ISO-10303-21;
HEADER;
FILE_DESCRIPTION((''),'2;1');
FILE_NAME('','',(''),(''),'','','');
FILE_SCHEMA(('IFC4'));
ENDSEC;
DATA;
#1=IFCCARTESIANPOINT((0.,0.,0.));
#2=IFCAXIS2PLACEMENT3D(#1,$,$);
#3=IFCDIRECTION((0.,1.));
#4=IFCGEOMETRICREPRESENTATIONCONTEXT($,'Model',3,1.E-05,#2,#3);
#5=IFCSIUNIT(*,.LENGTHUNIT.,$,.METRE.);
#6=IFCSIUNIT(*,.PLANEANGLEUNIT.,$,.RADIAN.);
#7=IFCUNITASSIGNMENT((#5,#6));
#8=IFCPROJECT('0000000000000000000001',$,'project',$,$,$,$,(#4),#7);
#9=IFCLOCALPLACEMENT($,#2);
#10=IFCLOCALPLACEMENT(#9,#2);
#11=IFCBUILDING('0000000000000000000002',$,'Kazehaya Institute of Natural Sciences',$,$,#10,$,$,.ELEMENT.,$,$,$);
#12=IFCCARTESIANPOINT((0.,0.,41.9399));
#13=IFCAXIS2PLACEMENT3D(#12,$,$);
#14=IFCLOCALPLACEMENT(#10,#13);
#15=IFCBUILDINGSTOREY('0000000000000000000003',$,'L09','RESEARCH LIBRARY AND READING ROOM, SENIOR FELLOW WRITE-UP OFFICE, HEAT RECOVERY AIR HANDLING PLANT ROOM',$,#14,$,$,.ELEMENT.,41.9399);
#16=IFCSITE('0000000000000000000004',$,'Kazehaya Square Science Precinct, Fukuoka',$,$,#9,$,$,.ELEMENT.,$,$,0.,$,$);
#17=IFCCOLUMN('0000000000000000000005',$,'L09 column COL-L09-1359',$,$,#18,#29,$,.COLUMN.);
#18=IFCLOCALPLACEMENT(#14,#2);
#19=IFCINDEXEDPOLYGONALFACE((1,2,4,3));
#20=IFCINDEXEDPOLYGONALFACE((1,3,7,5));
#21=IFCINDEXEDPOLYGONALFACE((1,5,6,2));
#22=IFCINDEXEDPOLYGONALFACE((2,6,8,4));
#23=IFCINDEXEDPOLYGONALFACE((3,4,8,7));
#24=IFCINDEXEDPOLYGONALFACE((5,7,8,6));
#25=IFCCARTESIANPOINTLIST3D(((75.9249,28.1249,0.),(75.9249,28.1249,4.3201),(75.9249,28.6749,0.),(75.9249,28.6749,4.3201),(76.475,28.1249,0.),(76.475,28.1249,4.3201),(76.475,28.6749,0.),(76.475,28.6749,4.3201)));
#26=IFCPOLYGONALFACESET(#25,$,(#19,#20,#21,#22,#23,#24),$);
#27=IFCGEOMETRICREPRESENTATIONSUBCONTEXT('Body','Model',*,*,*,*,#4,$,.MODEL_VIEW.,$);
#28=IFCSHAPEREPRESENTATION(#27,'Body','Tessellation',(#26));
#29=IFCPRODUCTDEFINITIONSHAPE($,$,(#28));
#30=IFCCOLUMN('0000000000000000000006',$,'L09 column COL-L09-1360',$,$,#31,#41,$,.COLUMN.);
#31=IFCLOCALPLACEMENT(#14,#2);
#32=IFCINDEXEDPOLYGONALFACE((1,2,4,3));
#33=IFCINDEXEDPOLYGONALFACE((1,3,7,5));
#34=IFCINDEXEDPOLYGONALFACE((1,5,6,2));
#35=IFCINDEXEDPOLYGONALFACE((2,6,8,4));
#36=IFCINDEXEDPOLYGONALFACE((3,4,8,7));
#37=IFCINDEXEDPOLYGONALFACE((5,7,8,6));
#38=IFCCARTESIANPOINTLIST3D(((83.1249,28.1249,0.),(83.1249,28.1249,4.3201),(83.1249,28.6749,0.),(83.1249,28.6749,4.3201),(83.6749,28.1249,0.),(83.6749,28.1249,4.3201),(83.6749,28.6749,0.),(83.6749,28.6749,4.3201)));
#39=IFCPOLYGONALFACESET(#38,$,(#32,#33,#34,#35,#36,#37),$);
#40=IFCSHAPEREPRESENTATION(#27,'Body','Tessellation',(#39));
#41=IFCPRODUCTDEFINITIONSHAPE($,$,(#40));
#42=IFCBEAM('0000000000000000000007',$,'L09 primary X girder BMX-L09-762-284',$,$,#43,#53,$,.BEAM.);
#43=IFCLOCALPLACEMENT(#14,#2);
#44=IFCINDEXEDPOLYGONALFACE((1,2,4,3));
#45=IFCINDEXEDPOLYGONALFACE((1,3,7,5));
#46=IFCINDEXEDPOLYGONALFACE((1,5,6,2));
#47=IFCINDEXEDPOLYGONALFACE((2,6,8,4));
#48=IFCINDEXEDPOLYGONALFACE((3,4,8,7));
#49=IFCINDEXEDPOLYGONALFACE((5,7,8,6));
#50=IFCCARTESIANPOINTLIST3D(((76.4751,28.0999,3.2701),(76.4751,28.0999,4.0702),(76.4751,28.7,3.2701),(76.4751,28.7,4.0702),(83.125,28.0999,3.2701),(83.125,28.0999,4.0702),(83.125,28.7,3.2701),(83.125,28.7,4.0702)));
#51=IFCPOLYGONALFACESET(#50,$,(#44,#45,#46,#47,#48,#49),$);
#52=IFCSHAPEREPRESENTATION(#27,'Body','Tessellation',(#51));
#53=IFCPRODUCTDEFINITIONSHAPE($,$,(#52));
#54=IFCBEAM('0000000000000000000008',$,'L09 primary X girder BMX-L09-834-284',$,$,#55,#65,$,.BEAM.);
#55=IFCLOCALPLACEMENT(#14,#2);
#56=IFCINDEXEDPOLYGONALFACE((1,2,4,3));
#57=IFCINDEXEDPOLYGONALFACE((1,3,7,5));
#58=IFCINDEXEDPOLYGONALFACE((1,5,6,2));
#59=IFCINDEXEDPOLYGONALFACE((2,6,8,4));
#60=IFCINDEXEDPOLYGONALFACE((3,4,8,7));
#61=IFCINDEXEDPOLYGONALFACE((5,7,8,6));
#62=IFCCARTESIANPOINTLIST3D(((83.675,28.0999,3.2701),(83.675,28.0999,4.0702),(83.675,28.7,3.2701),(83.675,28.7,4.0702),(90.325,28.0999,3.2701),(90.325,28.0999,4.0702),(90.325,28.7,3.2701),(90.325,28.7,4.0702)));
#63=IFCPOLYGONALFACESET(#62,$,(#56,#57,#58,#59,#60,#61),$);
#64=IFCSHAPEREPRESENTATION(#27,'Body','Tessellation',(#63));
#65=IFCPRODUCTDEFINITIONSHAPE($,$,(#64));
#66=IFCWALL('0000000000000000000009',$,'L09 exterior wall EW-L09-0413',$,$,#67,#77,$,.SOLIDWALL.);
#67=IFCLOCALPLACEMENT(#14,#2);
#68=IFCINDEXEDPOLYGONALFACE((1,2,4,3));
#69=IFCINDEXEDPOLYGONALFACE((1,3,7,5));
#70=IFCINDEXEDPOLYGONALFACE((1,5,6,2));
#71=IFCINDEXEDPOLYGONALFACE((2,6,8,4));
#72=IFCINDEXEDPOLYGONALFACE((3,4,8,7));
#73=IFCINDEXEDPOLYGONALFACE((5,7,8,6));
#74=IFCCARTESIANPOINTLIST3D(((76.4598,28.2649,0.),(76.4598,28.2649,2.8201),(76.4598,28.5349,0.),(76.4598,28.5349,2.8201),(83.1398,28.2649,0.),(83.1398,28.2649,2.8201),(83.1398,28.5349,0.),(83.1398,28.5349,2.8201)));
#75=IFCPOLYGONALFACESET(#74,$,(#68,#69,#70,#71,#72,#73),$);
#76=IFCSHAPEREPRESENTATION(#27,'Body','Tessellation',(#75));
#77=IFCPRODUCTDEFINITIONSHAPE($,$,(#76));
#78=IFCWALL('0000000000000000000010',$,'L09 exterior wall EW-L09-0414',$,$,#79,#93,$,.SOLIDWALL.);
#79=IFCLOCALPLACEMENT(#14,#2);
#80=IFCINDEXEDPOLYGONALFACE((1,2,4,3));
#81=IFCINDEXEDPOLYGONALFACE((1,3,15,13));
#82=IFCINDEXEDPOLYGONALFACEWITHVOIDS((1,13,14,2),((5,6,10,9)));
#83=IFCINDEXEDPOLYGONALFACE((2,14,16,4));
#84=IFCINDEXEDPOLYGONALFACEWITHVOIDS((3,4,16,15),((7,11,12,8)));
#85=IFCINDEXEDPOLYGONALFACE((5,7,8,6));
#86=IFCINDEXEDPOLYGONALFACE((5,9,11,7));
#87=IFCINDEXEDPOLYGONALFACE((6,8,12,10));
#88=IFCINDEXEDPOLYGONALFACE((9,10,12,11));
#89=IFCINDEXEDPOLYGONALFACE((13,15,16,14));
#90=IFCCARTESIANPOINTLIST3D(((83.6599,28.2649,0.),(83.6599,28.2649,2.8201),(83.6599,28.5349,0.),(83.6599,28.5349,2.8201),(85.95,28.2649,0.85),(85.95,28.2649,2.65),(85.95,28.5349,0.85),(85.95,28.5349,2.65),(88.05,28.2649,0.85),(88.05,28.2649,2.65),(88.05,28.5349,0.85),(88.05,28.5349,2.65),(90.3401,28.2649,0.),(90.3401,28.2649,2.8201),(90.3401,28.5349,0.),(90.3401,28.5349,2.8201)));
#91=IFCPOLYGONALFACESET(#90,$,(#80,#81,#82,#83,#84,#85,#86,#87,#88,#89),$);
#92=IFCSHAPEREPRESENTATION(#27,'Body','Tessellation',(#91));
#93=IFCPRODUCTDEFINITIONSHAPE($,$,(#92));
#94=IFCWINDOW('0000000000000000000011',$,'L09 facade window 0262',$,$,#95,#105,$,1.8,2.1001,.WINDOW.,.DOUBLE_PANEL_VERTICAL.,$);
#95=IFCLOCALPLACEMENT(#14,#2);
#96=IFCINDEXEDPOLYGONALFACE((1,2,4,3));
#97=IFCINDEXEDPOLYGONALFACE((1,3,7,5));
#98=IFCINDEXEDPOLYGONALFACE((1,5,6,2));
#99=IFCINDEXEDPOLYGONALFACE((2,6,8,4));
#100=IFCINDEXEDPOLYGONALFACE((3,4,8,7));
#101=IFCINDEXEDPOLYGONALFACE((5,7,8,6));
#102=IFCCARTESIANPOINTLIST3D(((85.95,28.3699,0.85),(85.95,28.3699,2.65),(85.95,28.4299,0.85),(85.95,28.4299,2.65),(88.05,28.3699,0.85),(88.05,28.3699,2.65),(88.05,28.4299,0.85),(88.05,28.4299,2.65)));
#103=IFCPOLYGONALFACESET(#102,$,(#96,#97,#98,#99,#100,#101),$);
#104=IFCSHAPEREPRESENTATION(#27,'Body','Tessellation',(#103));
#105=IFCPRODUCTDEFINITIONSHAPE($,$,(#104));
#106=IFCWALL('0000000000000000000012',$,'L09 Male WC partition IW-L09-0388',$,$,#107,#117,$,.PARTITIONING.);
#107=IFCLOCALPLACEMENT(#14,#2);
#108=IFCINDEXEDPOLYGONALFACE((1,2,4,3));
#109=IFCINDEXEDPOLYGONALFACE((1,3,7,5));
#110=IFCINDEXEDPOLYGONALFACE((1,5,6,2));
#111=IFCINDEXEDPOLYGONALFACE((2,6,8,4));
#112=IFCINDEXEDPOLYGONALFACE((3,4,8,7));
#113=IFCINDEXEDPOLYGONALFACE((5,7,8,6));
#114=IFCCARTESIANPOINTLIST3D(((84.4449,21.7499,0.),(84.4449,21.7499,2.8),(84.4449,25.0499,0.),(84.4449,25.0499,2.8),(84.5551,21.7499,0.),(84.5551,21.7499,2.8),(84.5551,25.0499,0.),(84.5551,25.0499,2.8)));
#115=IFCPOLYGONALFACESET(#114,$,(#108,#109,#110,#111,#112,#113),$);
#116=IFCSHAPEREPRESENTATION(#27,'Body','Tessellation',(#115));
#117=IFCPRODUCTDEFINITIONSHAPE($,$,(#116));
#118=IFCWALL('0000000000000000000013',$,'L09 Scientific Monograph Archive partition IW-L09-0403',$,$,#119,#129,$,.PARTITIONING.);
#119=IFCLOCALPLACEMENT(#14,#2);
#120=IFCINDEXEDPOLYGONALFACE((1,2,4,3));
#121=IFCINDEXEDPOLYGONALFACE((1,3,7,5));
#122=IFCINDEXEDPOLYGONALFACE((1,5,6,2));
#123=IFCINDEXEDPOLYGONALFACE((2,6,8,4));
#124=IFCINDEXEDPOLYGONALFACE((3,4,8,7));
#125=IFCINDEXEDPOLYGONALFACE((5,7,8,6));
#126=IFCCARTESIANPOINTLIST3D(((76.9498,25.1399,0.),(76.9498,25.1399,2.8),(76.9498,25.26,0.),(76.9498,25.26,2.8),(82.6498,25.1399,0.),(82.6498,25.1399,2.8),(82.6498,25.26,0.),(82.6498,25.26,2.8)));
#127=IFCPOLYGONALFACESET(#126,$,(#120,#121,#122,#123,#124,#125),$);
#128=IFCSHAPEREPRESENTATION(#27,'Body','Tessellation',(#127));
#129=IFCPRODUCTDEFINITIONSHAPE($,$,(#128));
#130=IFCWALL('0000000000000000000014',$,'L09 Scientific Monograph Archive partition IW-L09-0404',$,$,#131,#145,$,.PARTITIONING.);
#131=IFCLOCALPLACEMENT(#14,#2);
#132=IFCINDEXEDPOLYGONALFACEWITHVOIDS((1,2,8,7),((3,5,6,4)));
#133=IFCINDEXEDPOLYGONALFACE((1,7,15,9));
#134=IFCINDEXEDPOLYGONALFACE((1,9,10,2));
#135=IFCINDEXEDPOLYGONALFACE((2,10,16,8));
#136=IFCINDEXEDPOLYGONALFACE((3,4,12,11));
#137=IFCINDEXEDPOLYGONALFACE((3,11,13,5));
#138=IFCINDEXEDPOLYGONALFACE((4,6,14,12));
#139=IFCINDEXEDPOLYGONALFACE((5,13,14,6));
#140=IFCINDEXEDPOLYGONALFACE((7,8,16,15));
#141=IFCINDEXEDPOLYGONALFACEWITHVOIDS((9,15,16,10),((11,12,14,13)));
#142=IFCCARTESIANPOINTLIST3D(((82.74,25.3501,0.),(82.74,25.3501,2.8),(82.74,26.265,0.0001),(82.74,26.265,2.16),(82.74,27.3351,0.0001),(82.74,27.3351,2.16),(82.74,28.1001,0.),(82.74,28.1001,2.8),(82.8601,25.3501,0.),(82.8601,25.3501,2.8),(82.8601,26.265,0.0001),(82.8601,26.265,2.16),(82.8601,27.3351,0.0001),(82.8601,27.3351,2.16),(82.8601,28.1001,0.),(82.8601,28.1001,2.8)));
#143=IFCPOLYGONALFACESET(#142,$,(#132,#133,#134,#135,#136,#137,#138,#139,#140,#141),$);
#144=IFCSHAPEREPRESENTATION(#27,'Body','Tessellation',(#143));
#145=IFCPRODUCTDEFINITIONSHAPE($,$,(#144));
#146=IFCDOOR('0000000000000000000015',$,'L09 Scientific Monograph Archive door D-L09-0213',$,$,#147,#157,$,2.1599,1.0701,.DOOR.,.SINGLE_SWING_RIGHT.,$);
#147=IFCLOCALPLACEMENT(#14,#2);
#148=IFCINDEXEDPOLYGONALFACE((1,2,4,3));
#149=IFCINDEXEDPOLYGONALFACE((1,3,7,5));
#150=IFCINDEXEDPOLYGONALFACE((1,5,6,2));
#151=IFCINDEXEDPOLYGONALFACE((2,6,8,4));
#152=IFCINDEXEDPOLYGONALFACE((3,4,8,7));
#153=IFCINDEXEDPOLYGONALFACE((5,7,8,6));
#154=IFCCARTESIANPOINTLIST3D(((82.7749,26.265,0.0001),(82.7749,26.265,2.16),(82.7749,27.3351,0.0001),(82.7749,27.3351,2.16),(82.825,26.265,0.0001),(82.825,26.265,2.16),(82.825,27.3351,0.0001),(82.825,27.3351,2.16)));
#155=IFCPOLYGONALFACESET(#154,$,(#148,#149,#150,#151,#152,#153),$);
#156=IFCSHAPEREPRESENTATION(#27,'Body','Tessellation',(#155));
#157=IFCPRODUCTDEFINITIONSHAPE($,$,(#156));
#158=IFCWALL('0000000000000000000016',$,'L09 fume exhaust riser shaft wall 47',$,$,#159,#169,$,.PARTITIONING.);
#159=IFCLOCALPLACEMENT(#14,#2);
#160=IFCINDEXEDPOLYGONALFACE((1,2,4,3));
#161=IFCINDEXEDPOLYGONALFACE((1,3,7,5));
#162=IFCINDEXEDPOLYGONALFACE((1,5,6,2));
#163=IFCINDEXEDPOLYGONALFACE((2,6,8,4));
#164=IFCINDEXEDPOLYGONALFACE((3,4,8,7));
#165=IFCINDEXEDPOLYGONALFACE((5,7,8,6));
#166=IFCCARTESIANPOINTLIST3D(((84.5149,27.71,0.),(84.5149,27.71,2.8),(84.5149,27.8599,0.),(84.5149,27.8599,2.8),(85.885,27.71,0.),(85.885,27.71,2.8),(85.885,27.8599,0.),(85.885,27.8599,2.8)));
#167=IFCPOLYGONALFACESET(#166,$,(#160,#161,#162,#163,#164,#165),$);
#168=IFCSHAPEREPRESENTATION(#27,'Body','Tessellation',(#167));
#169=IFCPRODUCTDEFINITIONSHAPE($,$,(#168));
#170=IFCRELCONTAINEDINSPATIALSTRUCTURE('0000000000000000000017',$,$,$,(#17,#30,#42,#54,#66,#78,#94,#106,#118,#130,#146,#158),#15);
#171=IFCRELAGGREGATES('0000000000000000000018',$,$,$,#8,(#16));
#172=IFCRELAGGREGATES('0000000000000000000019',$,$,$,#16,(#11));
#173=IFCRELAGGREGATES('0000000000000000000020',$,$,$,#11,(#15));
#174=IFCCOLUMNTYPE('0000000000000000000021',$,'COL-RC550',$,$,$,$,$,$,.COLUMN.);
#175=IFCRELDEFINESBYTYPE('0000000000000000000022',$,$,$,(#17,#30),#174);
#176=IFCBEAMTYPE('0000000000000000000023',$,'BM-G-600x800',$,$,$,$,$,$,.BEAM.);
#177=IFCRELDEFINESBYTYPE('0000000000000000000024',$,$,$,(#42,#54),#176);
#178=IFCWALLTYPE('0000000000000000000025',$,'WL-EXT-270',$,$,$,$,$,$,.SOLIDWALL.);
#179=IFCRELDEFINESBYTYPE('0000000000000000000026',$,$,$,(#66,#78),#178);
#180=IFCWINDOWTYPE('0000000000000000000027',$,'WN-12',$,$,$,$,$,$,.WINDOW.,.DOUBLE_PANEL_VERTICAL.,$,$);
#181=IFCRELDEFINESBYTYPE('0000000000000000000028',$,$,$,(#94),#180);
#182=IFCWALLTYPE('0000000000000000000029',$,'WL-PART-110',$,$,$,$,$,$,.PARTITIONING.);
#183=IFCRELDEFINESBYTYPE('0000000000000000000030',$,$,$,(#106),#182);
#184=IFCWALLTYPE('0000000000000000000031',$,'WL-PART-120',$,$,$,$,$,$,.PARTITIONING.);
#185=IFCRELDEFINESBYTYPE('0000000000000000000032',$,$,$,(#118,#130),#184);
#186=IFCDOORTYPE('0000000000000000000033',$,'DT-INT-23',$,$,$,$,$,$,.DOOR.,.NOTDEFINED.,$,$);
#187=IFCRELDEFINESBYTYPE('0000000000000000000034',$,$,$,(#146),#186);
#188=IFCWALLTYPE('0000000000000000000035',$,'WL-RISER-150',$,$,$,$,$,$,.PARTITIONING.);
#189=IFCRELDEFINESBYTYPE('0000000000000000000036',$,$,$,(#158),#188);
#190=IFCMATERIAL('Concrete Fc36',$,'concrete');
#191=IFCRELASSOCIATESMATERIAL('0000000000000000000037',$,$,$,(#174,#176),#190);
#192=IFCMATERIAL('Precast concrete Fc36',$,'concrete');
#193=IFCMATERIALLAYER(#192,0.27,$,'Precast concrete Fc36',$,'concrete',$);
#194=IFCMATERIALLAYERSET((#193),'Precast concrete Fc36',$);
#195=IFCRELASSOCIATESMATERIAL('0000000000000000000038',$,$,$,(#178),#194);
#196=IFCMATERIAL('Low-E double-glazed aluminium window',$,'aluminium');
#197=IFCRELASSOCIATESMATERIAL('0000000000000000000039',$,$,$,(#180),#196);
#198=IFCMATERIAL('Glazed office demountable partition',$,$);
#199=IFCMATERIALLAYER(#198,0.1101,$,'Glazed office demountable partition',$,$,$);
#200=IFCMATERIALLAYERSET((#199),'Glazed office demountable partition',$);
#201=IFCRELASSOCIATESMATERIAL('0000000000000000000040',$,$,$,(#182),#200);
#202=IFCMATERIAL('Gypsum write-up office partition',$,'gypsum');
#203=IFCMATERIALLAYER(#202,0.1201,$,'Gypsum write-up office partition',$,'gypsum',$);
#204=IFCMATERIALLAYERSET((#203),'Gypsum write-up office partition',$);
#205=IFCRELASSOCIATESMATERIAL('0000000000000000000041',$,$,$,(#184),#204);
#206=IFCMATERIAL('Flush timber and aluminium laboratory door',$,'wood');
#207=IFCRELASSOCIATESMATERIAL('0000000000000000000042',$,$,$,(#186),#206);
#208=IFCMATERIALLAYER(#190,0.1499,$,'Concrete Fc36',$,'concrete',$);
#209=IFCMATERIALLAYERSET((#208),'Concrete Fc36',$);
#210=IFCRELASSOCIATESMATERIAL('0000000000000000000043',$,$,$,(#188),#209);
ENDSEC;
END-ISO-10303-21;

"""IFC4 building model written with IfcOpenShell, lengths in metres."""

from ifc_helpers import new_model, si_unit, direction, frame, frame_2d, origin, origin_2d, place, context, subcontext, project, spatial, rectangle, extrude, material, layer, layer_set, material_profile, profile_set, type_object, element, fill, save


model = new_model("IFC4")

# Units and contexts
model_context = context("Model", 3, precision=1e-05, world=origin(), true_north=direction((0.0, 1.0)))
body_context = subcontext(model_context, "Body", "Model", "MODEL_VIEW")
ifc_project = project(units=[si_unit("LENGTHUNIT", "METRE"), si_unit("PLANEANGLEUNIT", "RADIAN")], contexts=[model_context])

# Site, building, storey
site_placement = place(None, origin())
site = spatial("IfcSite", under=ifc_project, at=site_placement, Name="Kazehaya Square Science Precinct, Fukuoka", CompositionType="ELEMENT", RefElevation=0.0)
building_placement = place(site_placement, origin())
building = spatial("IfcBuilding", under=site, at=building_placement, Name="Kazehaya Institute of Natural Sciences", CompositionType="ELEMENT")
storey_placement = place(building_placement, frame((0.0, 0.0, 41.9399)))
storey = spatial("IfcBuildingStorey", under=building, at=storey_placement, Name="L09", Description="RESEARCH LIBRARY AND READING ROOM, SENIOR FELLOW WRITE-UP OFFICE, HEAT RECOVERY AIR HANDLING PLANT ROOM", CompositionType="ELEMENT", Elevation=41.9399)

# Columns
ifc_material_1 = material(Name="Concrete Fc36", Category="concrete")
ifc_material_profile_1 = material_profile(ifc_material_1, rectangle(XDim=0.55, YDim=0.55, at=origin_2d()), Name="RC-550x550")
ifc_profile_set_1 = profile_set([ifc_material_profile_1], Name="Concrete Fc36")
column_type = type_object("IfcColumnType", Name="COL-RC550", PredefinedType="COLUMN", material=ifc_profile_set_1)
for number, where, z_axis, x_axis, name in (
    (1, (76.2, 28.3999, 0.0), (0.0, 0.0, 1.0), (1.0, 0.0, 0.0), "L09 column COL-L09-1359"),
    (2, (83.3999, 28.3999, 0.0), (0.0, 0.0, 1.0), (1.0, 0.0, 0.0), "L09 column COL-L09-1360"),
):
    element("IfcColumn", number, at=place(storey_placement, frame(where, z_axis=z_axis, x_axis=x_axis)), inside=storey, type_object=column_type, Name=name, PredefinedType="COLUMN", context=body_context, shape_type="SweptSolid", body=[
        extrude(rectangle(XDim=0.55, YDim=0.55, at=origin_2d()), origin(), (0.0, 0.0, 1.0), 4.3201),
    ])

# Beams
ifc_material_profile_2 = material_profile(ifc_material_1, rectangle(XDim=0.6001, YDim=0.8, at=origin_2d()), Name="RC-600x800")
ifc_profile_set_2 = profile_set([ifc_material_profile_2], Name="Concrete Fc36")
beam_type = type_object("IfcBeamType", Name="BM-G-600x800", PredefinedType="BEAM", material=ifc_profile_set_2)
for number, where, z_axis, x_axis, name in (
    (3, (76.4751, 28.3999, 3.6702), (1.0, 0.0, 0.0), (0.0, 1.0, 0.0), "L09 primary X girder BMX-L09-762-284"),
    (4, (83.675, 28.3999, 3.6702), (1.0, 0.0, 0.0), (0.0, 1.0, 0.0), "L09 primary X girder BMX-L09-834-284"),
):
    element("IfcBeam", number, at=place(storey_placement, frame(where, z_axis=z_axis, x_axis=x_axis)), inside=storey, type_object=beam_type, Name=name, PredefinedType="BEAM", context=body_context, shape_type="SweptSolid", body=[
        extrude(rectangle(XDim=0.6001, YDim=0.8, at=origin_2d()), origin(), (0.0, 0.0, 1.0), 6.6499),
    ])

# Wall
ifc_material_2 = material(Name="Precast concrete Fc36", Category="concrete")
ifc_layer_1 = layer(ifc_material_2, 0.27, Name="Precast concrete Fc36", Category="concrete")
ifc_layer_set_1 = layer_set([ifc_layer_1], Name="Precast concrete Fc36")
wall_type_1 = type_object("IfcWallType", Name="WL-EXT-270", PredefinedType="SOLIDWALL", material=ifc_layer_set_1)
wall_1_placement = place(storey_placement, frame((76.46, 28.3999, 0.0), z_axis=(0.0, 0.0, 1.0), x_axis=(1.0, 0.0, 0.0)))
element("IfcWall", 5, at=wall_1_placement, inside=storey, type_object=wall_type_1, Name="L09 exterior wall EW-L09-0413", PredefinedType="SOLIDWALL", context=body_context, shape_type="SweptSolid", body=[
    extrude(rectangle(XDim=6.6799, YDim=0.27, at=frame_2d((3.3398, 0.0))), origin(), (0.0, 0.0, 1.0), 2.8201),
])

# Wall, opening, window
wall_2_placement = place(storey_placement, frame((83.6599, 28.3999, 0.0), z_axis=(0.0, 0.0, 1.0), x_axis=(1.0, 0.0, 0.0)))
wall_2 = element("IfcWall", 6, at=wall_2_placement, inside=storey, type_object=wall_type_1, Name="L09 exterior wall EW-L09-0414", PredefinedType="SOLIDWALL", context=body_context, shape_type="SweptSolid", body=[
    extrude(rectangle(XDim=6.6802, YDim=0.27, at=frame_2d((3.3401, 0.0))), origin(), (0.0, 0.0, 1.0), 2.8201),
])
opening_1_placement = place(wall_2_placement, frame((2.29, 0.0, 0.8501)))
opening_1 = element("IfcOpeningElement", 7, at=opening_1_placement, cuts=wall_2, PredefinedType="OPENING", context=body_context, shape_type="SweptSolid", body=[
    extrude(rectangle(XDim=2.1001, YDim=1.8, at=frame_2d((1.05, 0.8999))), frame((0.0, 0.145, 0.0), z_axis=(0.0, -1.0, 0.0), x_axis=(1.0, 0.0, 0.0)), (0.0, 0.0, 1.0), 0.29),
])
ifc_material_3 = material(Name="Low-E double-glazed aluminium window", Category="aluminium")
window_type = type_object("IfcWindowType", Name="WN-12", PartitioningType="DOUBLE_PANEL_VERTICAL", PredefinedType="WINDOW", material=ifc_material_3)
window_placement = place(opening_1_placement, origin())
window = element("IfcWindow", 8, at=window_placement, inside=storey, type_object=window_type, Name="L09 facade window 0262", OverallHeight=1.8, OverallWidth=2.1001, PartitioningType="DOUBLE_PANEL_VERTICAL", PredefinedType="WINDOW", context=body_context, shape_type="SweptSolid", body=[
    extrude(rectangle(XDim=2.1001, YDim=1.8, at=frame_2d((1.05, 0.8999))), frame((0.0, 0.03, 0.0), z_axis=(0.0, -1.0, 0.0), x_axis=(1.0, 0.0, 0.0)), (0.0, 0.0, 1.0), 0.0601),
])
fill(opening_1, window)

# Walls
ifc_material_4 = material(Name="Glazed office demountable partition")
ifc_layer_2 = layer(ifc_material_4, 0.1101, Name="Glazed office demountable partition")
ifc_layer_set_2 = layer_set([ifc_layer_2], Name="Glazed office demountable partition")
wall_type_2 = type_object("IfcWallType", Name="WL-PART-110", PredefinedType="PARTITIONING", material=ifc_layer_set_2)
wall_3_placement = place(storey_placement, frame((84.5, 21.75, 0.0), z_axis=(0.0, 0.0, 1.0), x_axis=(0.0, 1.0, 0.0)))
element("IfcWall", 9, at=wall_3_placement, inside=storey, type_object=wall_type_2, Name="L09 Male WC partition IW-L09-0388", PredefinedType="PARTITIONING", context=body_context, shape_type="SweptSolid", body=[
    extrude(rectangle(XDim=3.3, YDim=0.1101, at=frame_2d((1.6499, 0.0))), origin(), (0.0, 0.0, 1.0), 2.8),
])
ifc_material_5 = material(Name="Gypsum write-up office partition", Category="gypsum")
ifc_layer_3 = layer(ifc_material_5, 0.1201, Name="Gypsum write-up office partition", Category="gypsum")
ifc_layer_set_3 = layer_set([ifc_layer_3], Name="Gypsum write-up office partition")
wall_type_3 = type_object("IfcWallType", Name="WL-PART-120", PredefinedType="PARTITIONING", material=ifc_layer_set_3)
wall_4_placement = place(storey_placement, frame((82.6499, 25.2, 0.0), z_axis=(0.0, 0.0, 1.0), x_axis=(-1.0, 0.0, 0.0)))
element("IfcWall", 10, at=wall_4_placement, inside=storey, type_object=wall_type_3, Name="L09 Scientific Monograph Archive partition IW-L09-0403", PredefinedType="PARTITIONING", context=body_context, shape_type="SweptSolid", body=[
    extrude(rectangle(XDim=5.7, YDim=0.1201, at=frame_2d((2.8501, 0.0))), origin(), (0.0, 0.0, 1.0), 2.8),
])

# Wall, opening, door
wall_5_placement = place(storey_placement, frame((82.8, 28.1001, 0.0), z_axis=(0.0, 0.0, 1.0), x_axis=(0.0, -1.0, 0.0)))
wall_5 = element("IfcWall", 11, at=wall_5_placement, inside=storey, type_object=wall_type_3, Name="L09 Scientific Monograph Archive partition IW-L09-0404", PredefinedType="PARTITIONING", context=body_context, shape_type="SweptSolid", body=[
    extrude(rectangle(XDim=2.75, YDim=0.1201, at=frame_2d((1.375, 0.0))), origin(), (0.0, 0.0, 1.0), 2.8),
])
opening_2_placement = place(wall_5_placement, frame((0.7649, 0.0, 0.0)))
opening_2 = element("IfcOpeningElement", 12, at=opening_2_placement, cuts=wall_5, PredefinedType="OPENING", context=body_context, shape_type="SweptSolid", body=[
    extrude(rectangle(XDim=1.0701, YDim=2.1599, at=frame_2d((0.5352, 1.0801))), frame((0.0, 0.0701, 0.0), z_axis=(0.0, -1.0, 0.0), x_axis=(1.0, 0.0, 0.0)), (0.0, 0.0, 1.0), 0.1401),
])
ifc_material_6 = material(Name="Flush timber and aluminium laboratory door", Category="wood")
door_type_1 = type_object("IfcDoorType", Name="DT-INT-23", OperationType="NOTDEFINED", PredefinedType="DOOR", material=ifc_material_6)
door_1_placement = place(opening_2_placement, origin())
door_1 = element("IfcDoor", 13, at=door_1_placement, inside=storey, type_object=door_type_1, Name="L09 Scientific Monograph Archive door D-L09-0213", OperationType="SINGLE_SWING_RIGHT", OverallHeight=2.1599, OverallWidth=1.0701, PredefinedType="DOOR", context=body_context, shape_type="SweptSolid", body=[
    extrude(rectangle(XDim=1.0701, YDim=2.1599, at=frame_2d((0.5352, 1.0801))), frame((0.0, 0.0249, 0.0), z_axis=(0.0, -1.0, 0.0), x_axis=(1.0, 0.0, 0.0)), (0.0, 0.0, 1.0), 0.05),
])
fill(opening_2, door_1)

# Wall
ifc_layer_4 = layer(ifc_material_1, 0.1499, Name="Concrete Fc36", Category="concrete")
ifc_layer_set_4 = layer_set([ifc_layer_4], Name="Concrete Fc36")
wall_type_4 = type_object("IfcWallType", Name="WL-RISER-150", PredefinedType="PARTITIONING", material=ifc_layer_set_4)
wall_6_placement = place(storey_placement, frame((84.5149, 27.7849, 0.0), z_axis=(0.0, 0.0, 1.0), x_axis=(1.0, 0.0, 0.0)))
element("IfcWall", 14, at=wall_6_placement, inside=storey, type_object=wall_type_4, Name="L09 fume exhaust riser shaft wall 47", PredefinedType="PARTITIONING", context=body_context, shape_type="SweptSolid", body=[
    extrude(rectangle(XDim=1.3701, YDim=0.1499, at=frame_2d((0.6851, 0.0))), origin(), (0.0, 0.0, 1.0), 2.8),
])

save(model, "model.ifc")
